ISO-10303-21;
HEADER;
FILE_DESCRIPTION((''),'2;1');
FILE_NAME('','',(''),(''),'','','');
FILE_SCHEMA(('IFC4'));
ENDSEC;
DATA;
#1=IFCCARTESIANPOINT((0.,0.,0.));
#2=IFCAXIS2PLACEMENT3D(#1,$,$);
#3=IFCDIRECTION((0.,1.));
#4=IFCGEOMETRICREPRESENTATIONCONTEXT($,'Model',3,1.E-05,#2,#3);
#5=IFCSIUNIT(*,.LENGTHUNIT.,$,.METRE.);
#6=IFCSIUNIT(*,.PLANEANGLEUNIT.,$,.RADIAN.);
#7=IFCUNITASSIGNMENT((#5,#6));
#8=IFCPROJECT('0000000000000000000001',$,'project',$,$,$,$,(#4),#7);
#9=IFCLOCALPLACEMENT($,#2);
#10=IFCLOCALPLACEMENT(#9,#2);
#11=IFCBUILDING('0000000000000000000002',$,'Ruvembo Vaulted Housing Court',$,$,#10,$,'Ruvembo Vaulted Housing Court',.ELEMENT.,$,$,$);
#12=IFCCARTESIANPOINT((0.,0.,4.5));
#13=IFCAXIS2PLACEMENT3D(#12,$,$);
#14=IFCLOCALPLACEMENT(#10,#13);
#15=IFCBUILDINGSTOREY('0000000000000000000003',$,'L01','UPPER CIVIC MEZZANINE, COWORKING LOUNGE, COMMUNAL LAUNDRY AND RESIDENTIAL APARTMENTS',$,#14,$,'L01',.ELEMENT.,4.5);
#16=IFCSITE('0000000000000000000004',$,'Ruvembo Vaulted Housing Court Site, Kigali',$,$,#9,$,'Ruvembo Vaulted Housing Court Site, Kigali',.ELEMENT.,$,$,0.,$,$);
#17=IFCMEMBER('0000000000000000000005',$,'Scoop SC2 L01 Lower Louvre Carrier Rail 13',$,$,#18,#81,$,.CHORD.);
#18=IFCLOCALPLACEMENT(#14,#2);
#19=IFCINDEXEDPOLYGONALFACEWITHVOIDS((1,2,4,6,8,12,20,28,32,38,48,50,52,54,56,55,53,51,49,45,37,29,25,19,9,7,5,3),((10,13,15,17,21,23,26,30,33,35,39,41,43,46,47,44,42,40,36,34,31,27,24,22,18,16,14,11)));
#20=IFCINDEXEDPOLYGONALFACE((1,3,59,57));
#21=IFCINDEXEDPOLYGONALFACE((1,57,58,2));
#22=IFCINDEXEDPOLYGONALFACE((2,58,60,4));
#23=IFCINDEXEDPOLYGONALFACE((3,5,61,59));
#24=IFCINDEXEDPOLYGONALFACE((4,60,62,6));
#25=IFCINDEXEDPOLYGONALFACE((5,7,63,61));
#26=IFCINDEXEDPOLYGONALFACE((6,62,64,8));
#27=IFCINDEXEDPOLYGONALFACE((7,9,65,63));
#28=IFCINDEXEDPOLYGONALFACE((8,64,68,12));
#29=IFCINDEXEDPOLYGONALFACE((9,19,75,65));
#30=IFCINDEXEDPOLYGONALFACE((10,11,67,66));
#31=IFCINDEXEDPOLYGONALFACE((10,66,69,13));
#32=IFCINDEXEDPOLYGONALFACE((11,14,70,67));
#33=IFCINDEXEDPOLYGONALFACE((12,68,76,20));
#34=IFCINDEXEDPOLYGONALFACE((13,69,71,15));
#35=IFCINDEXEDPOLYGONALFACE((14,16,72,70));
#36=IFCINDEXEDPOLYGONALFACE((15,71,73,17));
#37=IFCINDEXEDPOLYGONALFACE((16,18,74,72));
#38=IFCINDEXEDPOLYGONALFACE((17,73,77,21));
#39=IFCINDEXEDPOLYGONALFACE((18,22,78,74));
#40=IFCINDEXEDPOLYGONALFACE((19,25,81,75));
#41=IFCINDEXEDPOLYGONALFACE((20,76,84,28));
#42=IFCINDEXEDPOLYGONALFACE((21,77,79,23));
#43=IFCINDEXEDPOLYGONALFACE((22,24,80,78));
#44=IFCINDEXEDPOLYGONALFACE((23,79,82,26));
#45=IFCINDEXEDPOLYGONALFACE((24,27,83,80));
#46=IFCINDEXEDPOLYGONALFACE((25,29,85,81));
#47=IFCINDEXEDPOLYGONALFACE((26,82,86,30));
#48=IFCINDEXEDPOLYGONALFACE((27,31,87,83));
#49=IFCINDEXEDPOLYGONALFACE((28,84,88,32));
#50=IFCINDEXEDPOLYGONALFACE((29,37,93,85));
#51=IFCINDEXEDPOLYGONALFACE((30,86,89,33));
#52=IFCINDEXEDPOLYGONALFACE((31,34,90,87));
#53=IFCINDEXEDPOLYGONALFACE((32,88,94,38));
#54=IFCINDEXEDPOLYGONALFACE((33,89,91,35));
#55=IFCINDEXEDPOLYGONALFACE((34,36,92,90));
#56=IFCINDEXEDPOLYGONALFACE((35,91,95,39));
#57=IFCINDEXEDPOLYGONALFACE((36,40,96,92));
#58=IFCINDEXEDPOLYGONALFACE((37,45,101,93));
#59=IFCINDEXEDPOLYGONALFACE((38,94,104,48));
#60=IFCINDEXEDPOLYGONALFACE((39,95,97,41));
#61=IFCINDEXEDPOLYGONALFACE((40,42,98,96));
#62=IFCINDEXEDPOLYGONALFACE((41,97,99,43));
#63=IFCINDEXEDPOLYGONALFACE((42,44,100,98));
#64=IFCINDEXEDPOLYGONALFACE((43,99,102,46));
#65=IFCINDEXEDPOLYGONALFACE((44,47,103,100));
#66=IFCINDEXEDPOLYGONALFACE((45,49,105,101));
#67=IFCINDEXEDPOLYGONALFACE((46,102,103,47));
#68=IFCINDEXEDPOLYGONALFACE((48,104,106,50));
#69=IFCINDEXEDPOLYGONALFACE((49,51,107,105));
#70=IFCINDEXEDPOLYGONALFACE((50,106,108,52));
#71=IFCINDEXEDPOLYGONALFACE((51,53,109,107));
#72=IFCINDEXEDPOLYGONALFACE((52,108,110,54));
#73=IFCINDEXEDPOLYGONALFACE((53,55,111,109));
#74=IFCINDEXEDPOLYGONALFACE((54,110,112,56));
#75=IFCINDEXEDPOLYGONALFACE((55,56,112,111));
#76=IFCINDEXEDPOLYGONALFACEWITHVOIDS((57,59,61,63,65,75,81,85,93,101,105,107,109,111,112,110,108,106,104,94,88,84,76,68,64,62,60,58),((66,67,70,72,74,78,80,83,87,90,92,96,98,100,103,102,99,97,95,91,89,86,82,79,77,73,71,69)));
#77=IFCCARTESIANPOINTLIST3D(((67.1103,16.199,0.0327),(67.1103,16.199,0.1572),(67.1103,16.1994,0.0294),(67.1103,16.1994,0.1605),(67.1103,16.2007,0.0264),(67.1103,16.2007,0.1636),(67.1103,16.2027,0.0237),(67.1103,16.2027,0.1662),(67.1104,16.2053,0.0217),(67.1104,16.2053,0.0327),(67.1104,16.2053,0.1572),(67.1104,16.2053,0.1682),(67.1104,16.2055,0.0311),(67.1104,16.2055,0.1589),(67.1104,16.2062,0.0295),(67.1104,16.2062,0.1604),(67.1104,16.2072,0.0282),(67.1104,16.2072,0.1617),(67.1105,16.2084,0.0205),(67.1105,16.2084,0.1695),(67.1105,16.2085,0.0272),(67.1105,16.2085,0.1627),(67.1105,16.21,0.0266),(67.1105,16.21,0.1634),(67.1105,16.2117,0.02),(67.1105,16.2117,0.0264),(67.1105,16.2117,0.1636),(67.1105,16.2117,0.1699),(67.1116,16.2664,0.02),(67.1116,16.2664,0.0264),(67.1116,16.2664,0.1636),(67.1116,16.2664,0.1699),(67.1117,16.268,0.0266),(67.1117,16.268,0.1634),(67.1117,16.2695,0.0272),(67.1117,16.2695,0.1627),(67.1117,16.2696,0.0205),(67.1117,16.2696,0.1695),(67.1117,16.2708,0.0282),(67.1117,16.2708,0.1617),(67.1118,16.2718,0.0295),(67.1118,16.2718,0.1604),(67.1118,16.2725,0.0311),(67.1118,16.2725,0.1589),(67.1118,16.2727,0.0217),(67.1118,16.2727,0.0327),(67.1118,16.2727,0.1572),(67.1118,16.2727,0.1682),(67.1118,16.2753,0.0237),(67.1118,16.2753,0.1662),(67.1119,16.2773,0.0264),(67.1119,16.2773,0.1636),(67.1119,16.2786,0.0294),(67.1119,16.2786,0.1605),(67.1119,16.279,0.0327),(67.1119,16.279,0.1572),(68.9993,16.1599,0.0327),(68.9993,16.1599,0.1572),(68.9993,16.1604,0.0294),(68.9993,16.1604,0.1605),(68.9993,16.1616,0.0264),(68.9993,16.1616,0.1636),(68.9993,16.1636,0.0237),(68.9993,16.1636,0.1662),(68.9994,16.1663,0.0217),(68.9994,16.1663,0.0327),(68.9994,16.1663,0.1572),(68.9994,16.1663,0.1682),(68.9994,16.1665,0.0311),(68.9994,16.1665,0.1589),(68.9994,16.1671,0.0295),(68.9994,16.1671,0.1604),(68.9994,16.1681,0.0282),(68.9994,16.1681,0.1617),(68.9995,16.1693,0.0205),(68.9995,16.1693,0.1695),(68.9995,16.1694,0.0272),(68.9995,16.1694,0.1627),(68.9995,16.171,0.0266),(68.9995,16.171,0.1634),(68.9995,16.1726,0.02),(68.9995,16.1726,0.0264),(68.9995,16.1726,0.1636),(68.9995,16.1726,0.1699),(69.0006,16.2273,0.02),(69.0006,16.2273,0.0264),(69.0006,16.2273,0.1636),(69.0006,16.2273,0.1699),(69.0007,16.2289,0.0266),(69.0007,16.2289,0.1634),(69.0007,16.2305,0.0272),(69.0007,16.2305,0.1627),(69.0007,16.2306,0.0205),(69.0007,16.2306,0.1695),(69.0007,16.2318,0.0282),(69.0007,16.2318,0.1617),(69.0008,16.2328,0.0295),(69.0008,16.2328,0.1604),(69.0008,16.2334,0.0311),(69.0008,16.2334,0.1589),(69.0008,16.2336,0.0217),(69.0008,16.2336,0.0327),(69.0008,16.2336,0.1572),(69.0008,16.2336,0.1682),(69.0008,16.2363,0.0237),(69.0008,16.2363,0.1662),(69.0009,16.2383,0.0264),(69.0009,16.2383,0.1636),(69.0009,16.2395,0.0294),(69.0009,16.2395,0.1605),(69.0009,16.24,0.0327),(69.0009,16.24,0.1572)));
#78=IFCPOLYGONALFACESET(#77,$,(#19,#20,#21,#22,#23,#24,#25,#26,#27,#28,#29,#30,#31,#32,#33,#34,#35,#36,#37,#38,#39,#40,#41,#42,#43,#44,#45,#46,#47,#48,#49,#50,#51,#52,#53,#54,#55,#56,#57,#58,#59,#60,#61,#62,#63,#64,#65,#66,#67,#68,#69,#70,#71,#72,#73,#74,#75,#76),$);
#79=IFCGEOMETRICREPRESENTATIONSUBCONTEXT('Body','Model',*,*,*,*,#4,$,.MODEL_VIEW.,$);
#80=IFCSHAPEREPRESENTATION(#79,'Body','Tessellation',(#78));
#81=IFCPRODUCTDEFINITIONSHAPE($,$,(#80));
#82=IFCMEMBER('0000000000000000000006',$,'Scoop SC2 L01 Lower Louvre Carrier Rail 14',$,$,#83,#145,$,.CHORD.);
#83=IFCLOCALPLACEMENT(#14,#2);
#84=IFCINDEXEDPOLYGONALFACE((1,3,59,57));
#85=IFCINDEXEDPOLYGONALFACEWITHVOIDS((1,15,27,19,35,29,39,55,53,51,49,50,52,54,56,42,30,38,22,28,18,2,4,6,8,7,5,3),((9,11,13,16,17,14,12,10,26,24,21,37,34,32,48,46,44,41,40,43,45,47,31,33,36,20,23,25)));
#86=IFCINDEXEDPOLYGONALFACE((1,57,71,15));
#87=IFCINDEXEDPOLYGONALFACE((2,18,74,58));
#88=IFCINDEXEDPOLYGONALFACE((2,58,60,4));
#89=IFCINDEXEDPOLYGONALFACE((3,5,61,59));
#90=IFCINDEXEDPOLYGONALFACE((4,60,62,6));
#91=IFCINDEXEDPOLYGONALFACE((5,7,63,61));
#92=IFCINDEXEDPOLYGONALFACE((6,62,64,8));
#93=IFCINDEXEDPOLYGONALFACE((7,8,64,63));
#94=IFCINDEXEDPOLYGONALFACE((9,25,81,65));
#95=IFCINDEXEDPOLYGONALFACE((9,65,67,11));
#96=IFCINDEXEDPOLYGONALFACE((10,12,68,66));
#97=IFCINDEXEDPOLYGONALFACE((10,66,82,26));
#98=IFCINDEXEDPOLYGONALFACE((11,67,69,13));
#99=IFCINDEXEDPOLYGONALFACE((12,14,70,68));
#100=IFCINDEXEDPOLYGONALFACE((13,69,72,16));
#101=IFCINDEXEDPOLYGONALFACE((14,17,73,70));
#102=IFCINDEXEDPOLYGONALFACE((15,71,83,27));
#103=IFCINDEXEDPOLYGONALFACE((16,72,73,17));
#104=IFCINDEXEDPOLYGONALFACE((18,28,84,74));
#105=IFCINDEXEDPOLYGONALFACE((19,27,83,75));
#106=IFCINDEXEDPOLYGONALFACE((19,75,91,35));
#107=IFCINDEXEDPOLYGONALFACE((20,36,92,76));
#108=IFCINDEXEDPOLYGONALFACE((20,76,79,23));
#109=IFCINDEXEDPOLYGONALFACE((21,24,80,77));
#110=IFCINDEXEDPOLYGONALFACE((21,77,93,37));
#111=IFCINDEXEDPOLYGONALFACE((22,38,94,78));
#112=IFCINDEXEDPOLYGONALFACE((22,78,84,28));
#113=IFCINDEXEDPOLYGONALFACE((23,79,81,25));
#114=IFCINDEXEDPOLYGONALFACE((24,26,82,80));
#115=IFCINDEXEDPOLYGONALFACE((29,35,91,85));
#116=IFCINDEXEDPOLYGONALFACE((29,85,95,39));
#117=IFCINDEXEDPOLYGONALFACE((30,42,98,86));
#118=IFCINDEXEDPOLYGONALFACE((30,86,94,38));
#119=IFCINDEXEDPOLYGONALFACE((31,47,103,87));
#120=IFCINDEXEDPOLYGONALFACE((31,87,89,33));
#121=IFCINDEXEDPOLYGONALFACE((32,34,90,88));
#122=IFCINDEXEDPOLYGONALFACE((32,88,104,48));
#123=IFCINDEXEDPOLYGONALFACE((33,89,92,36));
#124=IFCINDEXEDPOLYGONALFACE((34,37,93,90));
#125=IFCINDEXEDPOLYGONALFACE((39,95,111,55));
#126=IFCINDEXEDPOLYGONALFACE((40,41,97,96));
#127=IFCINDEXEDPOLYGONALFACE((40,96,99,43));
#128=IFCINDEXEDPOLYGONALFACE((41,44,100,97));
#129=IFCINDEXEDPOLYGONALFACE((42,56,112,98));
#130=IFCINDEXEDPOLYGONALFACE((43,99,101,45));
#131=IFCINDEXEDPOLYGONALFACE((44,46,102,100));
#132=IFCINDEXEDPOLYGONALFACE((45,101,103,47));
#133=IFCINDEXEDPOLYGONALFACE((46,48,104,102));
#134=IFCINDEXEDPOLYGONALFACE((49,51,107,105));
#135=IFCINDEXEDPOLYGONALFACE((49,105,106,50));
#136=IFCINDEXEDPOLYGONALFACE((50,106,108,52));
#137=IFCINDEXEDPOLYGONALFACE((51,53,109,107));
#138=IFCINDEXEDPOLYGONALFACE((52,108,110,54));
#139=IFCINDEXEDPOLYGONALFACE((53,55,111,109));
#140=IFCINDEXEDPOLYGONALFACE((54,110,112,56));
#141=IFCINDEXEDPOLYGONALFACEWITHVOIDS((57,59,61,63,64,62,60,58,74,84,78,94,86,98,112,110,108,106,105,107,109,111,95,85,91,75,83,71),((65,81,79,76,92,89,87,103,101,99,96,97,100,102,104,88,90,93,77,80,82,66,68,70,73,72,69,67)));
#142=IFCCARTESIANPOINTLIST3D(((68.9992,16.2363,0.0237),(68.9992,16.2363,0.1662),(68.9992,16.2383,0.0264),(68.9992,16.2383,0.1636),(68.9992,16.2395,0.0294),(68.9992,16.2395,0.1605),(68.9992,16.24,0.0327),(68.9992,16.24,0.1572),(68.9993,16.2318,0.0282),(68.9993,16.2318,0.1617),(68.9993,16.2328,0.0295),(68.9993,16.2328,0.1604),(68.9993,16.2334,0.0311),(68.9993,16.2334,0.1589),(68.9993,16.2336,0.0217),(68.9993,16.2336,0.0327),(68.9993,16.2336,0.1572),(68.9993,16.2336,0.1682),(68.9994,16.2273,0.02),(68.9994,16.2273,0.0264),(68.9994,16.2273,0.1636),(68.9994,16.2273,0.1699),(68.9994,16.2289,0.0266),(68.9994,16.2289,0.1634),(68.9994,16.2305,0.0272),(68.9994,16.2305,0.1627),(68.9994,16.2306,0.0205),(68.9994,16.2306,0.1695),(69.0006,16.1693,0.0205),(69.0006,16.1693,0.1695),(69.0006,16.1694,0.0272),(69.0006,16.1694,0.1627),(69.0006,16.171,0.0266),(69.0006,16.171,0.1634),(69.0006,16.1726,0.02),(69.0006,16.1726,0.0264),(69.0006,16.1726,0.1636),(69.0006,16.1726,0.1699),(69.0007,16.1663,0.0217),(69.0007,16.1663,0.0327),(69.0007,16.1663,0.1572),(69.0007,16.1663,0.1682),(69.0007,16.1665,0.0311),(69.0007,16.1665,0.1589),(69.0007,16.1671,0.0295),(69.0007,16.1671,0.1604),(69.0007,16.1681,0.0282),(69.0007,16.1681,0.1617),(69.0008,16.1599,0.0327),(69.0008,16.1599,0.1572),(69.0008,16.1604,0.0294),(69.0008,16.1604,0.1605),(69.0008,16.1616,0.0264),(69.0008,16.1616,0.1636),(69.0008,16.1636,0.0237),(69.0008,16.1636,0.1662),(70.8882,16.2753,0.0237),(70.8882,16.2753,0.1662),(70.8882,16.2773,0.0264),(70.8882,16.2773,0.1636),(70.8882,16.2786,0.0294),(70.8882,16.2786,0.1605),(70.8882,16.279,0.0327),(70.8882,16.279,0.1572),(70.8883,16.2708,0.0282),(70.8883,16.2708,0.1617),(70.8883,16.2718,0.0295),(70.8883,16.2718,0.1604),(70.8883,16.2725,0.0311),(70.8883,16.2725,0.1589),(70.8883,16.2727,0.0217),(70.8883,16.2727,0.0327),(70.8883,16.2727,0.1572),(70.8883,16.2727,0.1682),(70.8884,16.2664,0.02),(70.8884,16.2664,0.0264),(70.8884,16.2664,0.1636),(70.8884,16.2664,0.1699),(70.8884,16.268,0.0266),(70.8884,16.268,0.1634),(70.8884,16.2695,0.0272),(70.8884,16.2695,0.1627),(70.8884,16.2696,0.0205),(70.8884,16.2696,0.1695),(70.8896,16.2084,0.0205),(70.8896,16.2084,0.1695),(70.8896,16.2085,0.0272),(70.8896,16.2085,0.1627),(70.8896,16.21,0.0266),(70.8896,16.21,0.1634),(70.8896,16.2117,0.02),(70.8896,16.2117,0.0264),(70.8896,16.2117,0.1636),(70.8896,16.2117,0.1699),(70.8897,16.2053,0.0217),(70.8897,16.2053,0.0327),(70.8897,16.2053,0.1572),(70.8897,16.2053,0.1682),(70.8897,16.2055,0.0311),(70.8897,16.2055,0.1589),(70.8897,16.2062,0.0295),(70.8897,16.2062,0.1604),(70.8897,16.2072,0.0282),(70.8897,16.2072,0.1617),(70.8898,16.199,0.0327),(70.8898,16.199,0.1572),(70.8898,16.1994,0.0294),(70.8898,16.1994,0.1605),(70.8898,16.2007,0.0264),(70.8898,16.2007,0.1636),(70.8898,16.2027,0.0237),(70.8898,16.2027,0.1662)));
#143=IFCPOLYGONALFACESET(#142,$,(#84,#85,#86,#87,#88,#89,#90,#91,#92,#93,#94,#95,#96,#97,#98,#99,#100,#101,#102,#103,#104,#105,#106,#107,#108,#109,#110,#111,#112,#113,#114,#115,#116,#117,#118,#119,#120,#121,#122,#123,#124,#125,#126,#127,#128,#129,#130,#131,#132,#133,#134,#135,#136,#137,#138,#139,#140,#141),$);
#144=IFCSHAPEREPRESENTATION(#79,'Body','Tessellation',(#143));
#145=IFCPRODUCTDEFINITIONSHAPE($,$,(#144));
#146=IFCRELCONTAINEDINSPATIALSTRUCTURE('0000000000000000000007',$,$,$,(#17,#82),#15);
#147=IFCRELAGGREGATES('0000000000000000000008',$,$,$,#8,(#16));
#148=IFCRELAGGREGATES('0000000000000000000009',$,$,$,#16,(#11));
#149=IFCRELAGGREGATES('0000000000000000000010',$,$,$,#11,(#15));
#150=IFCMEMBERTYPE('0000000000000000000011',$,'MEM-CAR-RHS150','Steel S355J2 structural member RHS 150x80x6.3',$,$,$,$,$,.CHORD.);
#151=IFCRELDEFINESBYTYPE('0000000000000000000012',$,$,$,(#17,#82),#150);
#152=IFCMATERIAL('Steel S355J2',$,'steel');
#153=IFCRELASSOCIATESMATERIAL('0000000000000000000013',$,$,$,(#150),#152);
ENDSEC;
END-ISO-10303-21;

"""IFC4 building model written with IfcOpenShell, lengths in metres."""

from ifc_helpers import new_model, si_unit, direction, frame, origin, origin_2d, place, context, subcontext, project, spatial, hollow_rectangle, extrude, material, material_profile, profile_set, type_object, element, save


model = new_model("IFC4")

# Units and contexts
model_context = context("Model", 3, precision=1e-05, world=origin(), true_north=direction((0.0, 1.0)))
body_context = subcontext(model_context, "Body", "Model", "MODEL_VIEW")
ifc_project = project(units=[si_unit("LENGTHUNIT", "METRE"), si_unit("PLANEANGLEUNIT", "RADIAN")], contexts=[model_context])

# Site, building, storey
site_placement = place(None, origin())
site = spatial("IfcSite", under=ifc_project, at=site_placement, Name="Ruvembo Vaulted Housing Court Site, Kigali", LongName="Ruvembo Vaulted Housing Court Site, Kigali", CompositionType="ELEMENT", RefElevation=0.0)
building_placement = place(site_placement, origin())
building = spatial("IfcBuilding", under=site, at=building_placement, Name="Ruvembo Vaulted Housing Court", LongName="Ruvembo Vaulted Housing Court", CompositionType="ELEMENT")
storey_placement = place(building_placement, frame((0.0, 0.0, 4.5)))
storey = spatial("IfcBuildingStorey", under=building, at=storey_placement, Name="L01", Description="UPPER CIVIC MEZZANINE, COWORKING LOUNGE, COMMUNAL LAUNDRY AND RESIDENTIAL APARTMENTS", LongName="L01", CompositionType="ELEMENT", Elevation=4.5)

# Shared definitions
ifc_material_1 = material(Name="Steel S355J2", Category="steel")

# Members
ifc_material_profile_1 = material_profile(ifc_material_1, hollow_rectangle(XDim=0.0801, YDim=0.1499, WallThickness=0.0063, InnerFilletRadius=0.0063, OuterFilletRadius=0.0127, at=origin_2d()), Name="RHS 150x80x6.3")
ifc_profile_set_1 = profile_set([ifc_material_profile_1], Name="Steel S355J2")
member_type_1 = type_object("IfcMemberType", Name="MEM-CAR-RHS150", Description="Steel S355J2 structural member RHS 150x80x6.3", PredefinedType="CHORD", material=ifc_profile_set_1)
for number, where, z_axis, x_axis, name in (
    (1, (67.1111, 16.239, 0.095), (0.999786, -0.020675, 0.0), (0.020675, 0.999786, 0.0), "Scoop SC2 L01 Lower Louvre Carrier Rail 13"),
    (2, (69.0, 16.2, 0.095), (0.999786, 0.020675, 0.0), (-0.020675, 0.999786, 0.0), "Scoop SC2 L01 Lower Louvre Carrier Rail 14"),
):
    element("IfcMember", number, at=place(storey_placement, frame(where, z_axis=z_axis, x_axis=x_axis)), inside=storey, type_object=member_type_1, Name=name, PredefinedType="CHORD", context=body_context, shape_type="SweptSolid", body=[
        extrude(hollow_rectangle(XDim=0.0801, YDim=0.1499, WallThickness=0.0063, InnerFilletRadius=0.0063, OuterFilletRadius=0.0127, at=origin_2d()), origin(), (0.0, 0.0, 1.0), 1.8894),
    ])

save(model, "model.ifc")
